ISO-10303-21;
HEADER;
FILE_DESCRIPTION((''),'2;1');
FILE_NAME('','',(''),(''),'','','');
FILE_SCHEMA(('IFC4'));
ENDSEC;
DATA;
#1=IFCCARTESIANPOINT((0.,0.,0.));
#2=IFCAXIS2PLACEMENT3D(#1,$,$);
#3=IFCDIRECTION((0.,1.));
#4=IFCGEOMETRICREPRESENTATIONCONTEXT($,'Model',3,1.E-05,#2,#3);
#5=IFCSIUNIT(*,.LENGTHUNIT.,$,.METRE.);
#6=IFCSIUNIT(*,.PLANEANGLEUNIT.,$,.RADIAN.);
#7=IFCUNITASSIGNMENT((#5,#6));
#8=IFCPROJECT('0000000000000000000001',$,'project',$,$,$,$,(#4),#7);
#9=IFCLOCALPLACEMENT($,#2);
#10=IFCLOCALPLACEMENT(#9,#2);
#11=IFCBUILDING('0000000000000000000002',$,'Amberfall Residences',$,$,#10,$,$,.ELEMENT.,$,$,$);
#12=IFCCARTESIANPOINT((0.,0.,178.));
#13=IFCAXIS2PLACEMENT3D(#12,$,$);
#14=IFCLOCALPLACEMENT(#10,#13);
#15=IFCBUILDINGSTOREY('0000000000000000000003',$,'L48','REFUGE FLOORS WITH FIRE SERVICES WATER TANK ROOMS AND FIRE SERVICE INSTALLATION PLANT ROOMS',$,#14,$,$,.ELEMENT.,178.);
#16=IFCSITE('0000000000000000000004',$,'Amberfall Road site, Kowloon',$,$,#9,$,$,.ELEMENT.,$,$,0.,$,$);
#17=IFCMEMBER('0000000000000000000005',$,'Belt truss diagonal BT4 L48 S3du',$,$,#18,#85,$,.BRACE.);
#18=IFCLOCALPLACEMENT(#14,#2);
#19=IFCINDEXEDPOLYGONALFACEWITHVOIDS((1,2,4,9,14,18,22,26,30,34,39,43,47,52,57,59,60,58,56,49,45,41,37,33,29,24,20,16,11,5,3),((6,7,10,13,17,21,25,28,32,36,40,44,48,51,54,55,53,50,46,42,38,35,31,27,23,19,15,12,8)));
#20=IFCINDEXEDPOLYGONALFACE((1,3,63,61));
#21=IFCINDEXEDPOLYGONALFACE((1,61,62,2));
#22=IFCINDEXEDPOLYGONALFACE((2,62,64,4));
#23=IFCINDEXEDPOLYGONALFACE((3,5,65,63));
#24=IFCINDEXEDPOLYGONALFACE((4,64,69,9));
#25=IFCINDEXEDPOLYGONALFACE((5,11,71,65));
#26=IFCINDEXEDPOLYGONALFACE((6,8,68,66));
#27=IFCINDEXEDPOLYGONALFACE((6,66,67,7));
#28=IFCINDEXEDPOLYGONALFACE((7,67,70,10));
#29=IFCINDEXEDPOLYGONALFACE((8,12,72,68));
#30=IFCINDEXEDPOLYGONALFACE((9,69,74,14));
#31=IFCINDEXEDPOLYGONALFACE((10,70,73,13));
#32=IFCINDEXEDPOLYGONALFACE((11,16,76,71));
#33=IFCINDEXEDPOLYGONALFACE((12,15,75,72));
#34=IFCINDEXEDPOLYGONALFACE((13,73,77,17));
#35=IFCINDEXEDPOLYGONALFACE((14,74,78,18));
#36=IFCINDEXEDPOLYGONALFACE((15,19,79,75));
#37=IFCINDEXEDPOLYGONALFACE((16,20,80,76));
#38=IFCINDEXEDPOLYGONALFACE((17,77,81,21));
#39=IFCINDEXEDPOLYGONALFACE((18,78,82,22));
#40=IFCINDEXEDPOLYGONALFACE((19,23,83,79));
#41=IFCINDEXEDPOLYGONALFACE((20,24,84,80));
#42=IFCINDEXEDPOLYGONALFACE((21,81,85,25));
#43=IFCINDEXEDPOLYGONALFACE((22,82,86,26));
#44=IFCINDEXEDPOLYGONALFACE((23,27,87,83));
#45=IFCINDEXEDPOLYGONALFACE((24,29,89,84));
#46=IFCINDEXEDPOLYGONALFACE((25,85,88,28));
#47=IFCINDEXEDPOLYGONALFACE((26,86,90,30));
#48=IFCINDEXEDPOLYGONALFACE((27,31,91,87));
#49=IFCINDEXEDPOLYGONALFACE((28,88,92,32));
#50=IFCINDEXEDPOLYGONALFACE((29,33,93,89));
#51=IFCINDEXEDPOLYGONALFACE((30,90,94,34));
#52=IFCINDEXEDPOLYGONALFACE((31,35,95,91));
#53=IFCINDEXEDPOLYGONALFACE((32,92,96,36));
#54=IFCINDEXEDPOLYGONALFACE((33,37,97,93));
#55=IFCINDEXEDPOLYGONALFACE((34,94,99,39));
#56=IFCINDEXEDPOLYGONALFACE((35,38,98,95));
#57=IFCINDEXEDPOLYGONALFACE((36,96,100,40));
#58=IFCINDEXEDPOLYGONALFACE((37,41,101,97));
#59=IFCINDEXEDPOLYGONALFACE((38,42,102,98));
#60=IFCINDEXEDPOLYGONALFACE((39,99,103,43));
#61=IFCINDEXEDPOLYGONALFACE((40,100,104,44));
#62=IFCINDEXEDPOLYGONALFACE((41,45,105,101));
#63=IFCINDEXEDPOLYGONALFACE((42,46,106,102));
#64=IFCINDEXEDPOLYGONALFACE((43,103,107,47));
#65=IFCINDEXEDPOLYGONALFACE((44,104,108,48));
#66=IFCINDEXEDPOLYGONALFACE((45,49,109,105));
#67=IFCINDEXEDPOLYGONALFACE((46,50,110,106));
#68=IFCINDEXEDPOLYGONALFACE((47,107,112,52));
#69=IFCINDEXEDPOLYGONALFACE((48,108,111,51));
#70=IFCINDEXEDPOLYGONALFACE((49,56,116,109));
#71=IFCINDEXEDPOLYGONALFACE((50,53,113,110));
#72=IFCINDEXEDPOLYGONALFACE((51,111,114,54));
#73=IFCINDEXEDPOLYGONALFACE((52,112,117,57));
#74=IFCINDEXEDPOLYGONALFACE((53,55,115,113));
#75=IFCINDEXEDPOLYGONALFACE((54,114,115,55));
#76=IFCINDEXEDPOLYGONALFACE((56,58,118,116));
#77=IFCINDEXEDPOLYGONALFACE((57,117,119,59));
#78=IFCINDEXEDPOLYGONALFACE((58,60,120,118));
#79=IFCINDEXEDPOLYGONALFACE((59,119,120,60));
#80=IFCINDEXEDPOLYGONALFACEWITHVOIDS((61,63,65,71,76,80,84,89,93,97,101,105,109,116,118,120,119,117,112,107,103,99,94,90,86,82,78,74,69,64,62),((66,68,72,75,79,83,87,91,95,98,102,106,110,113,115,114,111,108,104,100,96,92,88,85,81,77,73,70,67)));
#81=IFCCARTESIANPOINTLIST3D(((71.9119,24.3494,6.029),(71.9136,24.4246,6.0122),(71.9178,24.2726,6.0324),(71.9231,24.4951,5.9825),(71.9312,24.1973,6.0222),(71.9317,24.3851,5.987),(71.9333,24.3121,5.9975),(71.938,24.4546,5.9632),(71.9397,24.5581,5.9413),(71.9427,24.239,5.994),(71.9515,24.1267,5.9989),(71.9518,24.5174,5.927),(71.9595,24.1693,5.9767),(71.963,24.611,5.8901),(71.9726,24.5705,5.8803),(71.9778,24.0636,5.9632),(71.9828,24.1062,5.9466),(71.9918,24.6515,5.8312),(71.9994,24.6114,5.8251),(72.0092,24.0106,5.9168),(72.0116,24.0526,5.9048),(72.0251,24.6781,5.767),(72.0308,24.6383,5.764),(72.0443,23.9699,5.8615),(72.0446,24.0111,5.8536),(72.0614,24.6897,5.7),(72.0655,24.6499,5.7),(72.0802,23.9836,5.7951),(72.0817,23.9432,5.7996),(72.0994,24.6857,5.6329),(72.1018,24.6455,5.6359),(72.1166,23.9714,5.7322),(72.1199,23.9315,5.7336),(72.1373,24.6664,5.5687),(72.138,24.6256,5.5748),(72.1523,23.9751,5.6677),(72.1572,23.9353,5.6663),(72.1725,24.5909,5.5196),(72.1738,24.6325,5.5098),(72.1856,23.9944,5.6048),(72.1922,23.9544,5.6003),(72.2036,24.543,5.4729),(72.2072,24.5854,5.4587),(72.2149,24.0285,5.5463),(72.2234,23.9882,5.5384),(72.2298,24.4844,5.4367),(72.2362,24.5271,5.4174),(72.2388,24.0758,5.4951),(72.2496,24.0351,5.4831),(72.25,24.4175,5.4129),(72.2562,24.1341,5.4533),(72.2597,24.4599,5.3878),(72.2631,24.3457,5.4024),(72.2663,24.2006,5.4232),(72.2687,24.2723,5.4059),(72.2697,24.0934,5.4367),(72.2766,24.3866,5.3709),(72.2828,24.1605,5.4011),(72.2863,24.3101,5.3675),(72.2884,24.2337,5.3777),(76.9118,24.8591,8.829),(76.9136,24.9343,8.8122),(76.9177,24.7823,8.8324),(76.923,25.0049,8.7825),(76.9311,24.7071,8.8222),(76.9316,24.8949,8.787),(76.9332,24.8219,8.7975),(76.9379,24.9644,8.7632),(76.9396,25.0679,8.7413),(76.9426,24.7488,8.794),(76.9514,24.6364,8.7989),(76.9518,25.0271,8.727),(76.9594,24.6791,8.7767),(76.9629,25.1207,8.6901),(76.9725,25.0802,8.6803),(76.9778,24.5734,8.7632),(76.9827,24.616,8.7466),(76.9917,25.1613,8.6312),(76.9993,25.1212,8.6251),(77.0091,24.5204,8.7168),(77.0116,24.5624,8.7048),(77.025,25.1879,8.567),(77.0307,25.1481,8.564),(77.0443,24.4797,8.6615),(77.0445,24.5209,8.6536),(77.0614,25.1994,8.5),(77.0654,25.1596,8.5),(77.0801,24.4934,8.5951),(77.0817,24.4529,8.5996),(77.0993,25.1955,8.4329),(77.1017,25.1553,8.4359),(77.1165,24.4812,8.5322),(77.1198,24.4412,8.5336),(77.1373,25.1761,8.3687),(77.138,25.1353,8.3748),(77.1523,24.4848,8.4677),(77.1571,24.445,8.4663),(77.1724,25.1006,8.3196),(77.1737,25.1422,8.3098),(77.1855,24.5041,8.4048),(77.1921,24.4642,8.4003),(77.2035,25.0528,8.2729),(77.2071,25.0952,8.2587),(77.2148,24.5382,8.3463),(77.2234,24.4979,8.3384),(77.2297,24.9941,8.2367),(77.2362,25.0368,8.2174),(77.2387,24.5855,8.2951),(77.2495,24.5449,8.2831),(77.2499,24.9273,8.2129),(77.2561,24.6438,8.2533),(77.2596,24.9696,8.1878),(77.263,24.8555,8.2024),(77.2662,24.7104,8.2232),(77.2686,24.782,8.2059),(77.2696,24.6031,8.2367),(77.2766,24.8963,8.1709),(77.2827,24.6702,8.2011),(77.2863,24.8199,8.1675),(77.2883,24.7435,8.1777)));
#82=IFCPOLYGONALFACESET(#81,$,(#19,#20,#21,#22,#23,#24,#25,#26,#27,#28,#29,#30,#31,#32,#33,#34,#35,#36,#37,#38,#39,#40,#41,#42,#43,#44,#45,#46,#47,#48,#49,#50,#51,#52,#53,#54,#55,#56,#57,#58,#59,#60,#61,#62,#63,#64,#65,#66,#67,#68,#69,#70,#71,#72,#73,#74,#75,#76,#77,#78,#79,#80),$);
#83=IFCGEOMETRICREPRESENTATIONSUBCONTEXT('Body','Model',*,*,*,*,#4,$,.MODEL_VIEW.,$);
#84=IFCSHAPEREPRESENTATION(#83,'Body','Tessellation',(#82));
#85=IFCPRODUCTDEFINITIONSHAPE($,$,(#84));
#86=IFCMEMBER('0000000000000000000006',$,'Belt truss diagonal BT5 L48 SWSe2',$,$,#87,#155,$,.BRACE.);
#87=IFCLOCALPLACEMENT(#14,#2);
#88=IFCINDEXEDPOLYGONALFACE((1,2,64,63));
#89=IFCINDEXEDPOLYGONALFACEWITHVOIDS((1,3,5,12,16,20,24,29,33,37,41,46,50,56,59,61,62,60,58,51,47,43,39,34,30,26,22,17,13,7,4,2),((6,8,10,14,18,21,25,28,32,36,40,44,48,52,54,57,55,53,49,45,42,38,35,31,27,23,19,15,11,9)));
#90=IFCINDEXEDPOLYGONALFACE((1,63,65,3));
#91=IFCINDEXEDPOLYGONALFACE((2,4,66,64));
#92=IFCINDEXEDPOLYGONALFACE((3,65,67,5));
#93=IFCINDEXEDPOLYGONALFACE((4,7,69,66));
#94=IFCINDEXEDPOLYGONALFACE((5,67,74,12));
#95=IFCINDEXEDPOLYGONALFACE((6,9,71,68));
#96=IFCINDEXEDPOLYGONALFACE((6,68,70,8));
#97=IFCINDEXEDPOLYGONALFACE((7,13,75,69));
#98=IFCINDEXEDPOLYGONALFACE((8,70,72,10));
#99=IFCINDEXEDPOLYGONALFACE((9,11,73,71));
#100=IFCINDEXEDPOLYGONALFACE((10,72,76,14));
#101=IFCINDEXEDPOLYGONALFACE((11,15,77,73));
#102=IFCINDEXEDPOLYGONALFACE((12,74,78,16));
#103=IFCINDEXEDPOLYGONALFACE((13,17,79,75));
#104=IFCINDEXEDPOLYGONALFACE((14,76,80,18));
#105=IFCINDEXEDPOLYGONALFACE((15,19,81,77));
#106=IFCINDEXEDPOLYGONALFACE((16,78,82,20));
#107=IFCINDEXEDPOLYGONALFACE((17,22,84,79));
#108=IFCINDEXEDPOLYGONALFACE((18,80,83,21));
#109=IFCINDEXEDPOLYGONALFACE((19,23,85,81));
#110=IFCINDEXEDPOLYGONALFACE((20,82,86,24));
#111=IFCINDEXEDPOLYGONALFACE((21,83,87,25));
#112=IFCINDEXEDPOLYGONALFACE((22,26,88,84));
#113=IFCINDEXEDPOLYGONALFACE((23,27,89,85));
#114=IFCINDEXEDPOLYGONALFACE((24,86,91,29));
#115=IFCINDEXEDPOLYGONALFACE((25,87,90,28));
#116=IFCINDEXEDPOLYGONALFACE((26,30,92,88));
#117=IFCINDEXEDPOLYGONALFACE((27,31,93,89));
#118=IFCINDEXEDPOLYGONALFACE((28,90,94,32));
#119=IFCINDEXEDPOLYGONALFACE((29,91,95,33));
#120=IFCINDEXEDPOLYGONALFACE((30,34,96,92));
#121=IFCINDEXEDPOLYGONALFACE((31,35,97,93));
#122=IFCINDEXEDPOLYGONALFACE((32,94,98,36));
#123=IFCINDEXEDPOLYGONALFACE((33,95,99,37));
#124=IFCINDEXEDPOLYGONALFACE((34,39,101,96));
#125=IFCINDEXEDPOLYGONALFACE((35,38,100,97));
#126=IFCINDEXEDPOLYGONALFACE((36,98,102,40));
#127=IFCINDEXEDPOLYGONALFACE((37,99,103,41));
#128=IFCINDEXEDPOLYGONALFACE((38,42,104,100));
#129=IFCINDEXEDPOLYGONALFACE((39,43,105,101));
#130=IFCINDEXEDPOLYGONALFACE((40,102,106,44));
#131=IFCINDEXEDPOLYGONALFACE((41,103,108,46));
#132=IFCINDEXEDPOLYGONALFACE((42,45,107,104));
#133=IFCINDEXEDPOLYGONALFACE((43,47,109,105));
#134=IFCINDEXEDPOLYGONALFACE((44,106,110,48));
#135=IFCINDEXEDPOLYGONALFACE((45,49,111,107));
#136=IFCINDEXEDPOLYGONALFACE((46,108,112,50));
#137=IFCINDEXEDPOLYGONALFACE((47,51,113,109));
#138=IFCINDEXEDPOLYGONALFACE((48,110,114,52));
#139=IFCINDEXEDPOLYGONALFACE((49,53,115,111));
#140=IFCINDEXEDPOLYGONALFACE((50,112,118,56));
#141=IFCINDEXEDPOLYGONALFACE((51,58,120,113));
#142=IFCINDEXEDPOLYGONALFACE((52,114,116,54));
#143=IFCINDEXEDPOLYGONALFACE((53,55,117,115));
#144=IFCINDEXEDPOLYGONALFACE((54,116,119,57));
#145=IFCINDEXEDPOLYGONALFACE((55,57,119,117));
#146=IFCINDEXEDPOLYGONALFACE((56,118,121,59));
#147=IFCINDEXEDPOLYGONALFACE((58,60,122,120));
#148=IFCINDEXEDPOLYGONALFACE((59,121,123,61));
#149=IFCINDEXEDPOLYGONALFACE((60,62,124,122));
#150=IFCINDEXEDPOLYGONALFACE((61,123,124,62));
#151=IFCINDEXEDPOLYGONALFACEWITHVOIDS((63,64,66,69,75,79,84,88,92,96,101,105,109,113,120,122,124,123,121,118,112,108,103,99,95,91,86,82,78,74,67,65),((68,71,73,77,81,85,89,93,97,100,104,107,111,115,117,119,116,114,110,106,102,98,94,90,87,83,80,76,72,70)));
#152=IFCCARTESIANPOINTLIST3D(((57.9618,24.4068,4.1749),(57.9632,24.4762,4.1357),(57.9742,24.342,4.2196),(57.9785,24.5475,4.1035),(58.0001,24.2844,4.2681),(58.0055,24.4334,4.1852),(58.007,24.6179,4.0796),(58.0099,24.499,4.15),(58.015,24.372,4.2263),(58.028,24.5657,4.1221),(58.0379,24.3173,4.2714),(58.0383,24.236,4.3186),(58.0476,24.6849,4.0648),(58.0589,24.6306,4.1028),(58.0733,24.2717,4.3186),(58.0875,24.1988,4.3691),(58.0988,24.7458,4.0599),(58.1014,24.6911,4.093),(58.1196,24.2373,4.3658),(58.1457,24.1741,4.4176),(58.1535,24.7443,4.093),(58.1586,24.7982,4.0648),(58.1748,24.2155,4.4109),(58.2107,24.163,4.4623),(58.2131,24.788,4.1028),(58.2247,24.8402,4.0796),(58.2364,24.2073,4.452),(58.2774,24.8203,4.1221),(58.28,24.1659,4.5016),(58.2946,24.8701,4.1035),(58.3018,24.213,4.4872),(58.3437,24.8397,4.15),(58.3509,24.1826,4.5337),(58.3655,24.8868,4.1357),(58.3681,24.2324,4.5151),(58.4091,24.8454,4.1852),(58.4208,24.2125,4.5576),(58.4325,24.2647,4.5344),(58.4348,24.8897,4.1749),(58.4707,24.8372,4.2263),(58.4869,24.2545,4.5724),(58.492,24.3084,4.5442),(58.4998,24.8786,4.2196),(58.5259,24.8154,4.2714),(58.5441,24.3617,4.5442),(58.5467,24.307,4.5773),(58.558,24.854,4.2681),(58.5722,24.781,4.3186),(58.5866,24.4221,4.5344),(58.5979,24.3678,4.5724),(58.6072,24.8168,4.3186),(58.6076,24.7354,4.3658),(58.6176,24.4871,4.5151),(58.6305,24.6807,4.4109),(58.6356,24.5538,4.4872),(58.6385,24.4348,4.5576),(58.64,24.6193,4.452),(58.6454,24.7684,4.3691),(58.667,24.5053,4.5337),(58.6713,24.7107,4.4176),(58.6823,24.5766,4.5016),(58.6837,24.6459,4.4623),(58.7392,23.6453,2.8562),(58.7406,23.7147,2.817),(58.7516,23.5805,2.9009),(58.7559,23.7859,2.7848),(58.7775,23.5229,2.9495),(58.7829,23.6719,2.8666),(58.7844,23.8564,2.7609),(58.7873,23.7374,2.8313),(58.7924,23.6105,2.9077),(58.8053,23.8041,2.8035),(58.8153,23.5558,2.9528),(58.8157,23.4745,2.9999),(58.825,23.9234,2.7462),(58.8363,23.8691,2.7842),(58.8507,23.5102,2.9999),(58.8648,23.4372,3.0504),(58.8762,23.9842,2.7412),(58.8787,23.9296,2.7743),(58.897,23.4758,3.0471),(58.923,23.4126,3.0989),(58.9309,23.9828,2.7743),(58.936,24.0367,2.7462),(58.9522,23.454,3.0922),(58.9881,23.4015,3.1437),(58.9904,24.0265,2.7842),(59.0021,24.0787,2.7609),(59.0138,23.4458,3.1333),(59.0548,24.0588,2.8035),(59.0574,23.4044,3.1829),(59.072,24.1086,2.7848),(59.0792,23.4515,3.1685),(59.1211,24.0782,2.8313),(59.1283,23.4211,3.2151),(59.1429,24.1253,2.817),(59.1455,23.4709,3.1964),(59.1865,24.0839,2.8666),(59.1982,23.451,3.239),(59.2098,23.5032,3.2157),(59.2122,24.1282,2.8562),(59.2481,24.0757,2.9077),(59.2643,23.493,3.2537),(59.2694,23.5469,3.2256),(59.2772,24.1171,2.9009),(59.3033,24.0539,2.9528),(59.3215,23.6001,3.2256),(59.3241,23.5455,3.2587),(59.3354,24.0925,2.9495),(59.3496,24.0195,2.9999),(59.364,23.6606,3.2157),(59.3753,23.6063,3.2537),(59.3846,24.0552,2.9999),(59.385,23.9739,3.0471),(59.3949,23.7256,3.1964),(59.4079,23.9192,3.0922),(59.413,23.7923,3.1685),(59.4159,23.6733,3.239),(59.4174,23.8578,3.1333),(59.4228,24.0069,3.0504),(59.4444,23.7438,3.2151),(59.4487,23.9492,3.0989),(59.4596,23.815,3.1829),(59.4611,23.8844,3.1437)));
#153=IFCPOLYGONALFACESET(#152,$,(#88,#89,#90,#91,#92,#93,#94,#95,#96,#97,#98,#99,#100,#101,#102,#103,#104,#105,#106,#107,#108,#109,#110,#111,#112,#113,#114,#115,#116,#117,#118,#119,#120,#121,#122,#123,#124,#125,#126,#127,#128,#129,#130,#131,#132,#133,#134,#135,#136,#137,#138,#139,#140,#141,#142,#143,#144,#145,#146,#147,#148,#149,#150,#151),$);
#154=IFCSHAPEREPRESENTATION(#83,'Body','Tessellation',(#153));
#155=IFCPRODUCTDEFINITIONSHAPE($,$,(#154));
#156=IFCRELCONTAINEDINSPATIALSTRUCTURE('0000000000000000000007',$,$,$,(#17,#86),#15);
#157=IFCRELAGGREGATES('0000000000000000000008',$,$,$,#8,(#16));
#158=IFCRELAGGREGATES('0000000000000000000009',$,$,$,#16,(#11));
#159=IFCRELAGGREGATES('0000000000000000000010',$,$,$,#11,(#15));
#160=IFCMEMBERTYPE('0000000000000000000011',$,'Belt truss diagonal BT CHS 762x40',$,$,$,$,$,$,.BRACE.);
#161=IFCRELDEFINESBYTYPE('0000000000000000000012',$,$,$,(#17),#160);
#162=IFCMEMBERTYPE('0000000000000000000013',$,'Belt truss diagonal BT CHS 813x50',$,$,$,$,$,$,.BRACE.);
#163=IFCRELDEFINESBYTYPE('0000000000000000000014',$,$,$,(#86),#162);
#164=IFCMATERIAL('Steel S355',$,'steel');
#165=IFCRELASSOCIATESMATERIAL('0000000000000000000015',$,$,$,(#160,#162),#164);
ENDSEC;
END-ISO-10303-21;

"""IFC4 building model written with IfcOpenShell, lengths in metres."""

from ifc_helpers import new_model, si_unit, direction, frame, origin, origin_2d, place, context, subcontext, project, spatial, hollow_circle, extrude, material, material_profile, profile_set, type_object, element, save


model = new_model("IFC4")

# Units and contexts
model_context = context("Model", 3, precision=1e-05, world=origin(), true_north=direction((0.0, 1.0)))
body_context = subcontext(model_context, "Body", "Model", "MODEL_VIEW")
ifc_project = project(units=[si_unit("LENGTHUNIT", "METRE"), si_unit("PLANEANGLEUNIT", "RADIAN")], contexts=[model_context])

# Site, building, storey
site_placement = place(None, origin())
site = spatial("IfcSite", under=ifc_project, at=site_placement, Name="Amberfall Road site, Kowloon", CompositionType="ELEMENT", RefElevation=0.0)
building_placement = place(site_placement, origin())
building = spatial("IfcBuilding", under=site, at=building_placement, Name="Amberfall Residences", CompositionType="ELEMENT")
storey_placement = place(building_placement, frame((0.0, 0.0, 178.0)))
storey = spatial("IfcBuildingStorey", under=building, at=storey_placement, Name="L48", Description="REFUGE FLOORS WITH FIRE SERVICES WATER TANK ROOMS AND FIRE SERVICE INSTALLATION PLANT ROOMS", CompositionType="ELEMENT", Elevation=178.0)

# Shared definitions
ifc_material_1 = material(Name="Steel S355", Category="steel")

# Members
ifc_material_profile_1 = material_profile(ifc_material_1, hollow_circle(Radius=0.3811, WallThickness=0.04, at=origin_2d()), Name="CHS 762x40")
ifc_profile_set_1 = profile_set([ifc_material_profile_1], Name="Steel S355")
member_type_1 = type_object("IfcMemberType", Name="Belt truss diagonal BT CHS 762x40", PredefinedType="BRACE", material=ifc_profile_set_1)
member_1_placement = place(storey_placement, frame((72.1001, 24.3105, 5.7), z_axis=(0.869071, 0.088604, 0.486688), x_axis=(-0.101427, 0.994843, 0.0)))
element("IfcMember", 1, at=member_1_placement, inside=storey, type_object=member_type_1, Name="Belt truss diagonal BT4 L48 S3du", PredefinedType="BRACE", context=body_context, shape_type="SweptSolid", body=[
    extrude(hollow_circle(Radius=0.3811, WallThickness=0.04, at=origin_2d()), origin(), (0.0, 0.0, 1.0), 5.7532),
])
ifc_material_profile_2 = material_profile(ifc_material_1, hollow_circle(Radius=0.4065, WallThickness=0.05, at=origin_2d()), Name="CHS 813x50")
ifc_profile_set_2 = profile_set([ifc_material_profile_2], Name="Steel S355")
member_type_2 = type_object("IfcMemberType", Name="Belt truss diagonal BT CHS 813x50", PredefinedType="BRACE", material=ifc_profile_set_2)
member_2_placement = place(storey_placement, frame((58.3228, 24.5264, 4.3186), z_axis=(0.454686, -0.445404, -0.771282), x_axis=(0.699777, 0.714361, 0.0)))
element("IfcMember", 2, at=member_2_placement, inside=storey, type_object=member_type_2, Name="Belt truss diagonal BT5 L48 SWSe2", PredefinedType="BRACE", context=body_context, shape_type="SweptSolid", body=[
    extrude(hollow_circle(Radius=0.4065, WallThickness=0.05, at=origin_2d()), origin(), (0.0, 0.0, 1.0), 1.7097),
])

save(model, "model.ifc")
